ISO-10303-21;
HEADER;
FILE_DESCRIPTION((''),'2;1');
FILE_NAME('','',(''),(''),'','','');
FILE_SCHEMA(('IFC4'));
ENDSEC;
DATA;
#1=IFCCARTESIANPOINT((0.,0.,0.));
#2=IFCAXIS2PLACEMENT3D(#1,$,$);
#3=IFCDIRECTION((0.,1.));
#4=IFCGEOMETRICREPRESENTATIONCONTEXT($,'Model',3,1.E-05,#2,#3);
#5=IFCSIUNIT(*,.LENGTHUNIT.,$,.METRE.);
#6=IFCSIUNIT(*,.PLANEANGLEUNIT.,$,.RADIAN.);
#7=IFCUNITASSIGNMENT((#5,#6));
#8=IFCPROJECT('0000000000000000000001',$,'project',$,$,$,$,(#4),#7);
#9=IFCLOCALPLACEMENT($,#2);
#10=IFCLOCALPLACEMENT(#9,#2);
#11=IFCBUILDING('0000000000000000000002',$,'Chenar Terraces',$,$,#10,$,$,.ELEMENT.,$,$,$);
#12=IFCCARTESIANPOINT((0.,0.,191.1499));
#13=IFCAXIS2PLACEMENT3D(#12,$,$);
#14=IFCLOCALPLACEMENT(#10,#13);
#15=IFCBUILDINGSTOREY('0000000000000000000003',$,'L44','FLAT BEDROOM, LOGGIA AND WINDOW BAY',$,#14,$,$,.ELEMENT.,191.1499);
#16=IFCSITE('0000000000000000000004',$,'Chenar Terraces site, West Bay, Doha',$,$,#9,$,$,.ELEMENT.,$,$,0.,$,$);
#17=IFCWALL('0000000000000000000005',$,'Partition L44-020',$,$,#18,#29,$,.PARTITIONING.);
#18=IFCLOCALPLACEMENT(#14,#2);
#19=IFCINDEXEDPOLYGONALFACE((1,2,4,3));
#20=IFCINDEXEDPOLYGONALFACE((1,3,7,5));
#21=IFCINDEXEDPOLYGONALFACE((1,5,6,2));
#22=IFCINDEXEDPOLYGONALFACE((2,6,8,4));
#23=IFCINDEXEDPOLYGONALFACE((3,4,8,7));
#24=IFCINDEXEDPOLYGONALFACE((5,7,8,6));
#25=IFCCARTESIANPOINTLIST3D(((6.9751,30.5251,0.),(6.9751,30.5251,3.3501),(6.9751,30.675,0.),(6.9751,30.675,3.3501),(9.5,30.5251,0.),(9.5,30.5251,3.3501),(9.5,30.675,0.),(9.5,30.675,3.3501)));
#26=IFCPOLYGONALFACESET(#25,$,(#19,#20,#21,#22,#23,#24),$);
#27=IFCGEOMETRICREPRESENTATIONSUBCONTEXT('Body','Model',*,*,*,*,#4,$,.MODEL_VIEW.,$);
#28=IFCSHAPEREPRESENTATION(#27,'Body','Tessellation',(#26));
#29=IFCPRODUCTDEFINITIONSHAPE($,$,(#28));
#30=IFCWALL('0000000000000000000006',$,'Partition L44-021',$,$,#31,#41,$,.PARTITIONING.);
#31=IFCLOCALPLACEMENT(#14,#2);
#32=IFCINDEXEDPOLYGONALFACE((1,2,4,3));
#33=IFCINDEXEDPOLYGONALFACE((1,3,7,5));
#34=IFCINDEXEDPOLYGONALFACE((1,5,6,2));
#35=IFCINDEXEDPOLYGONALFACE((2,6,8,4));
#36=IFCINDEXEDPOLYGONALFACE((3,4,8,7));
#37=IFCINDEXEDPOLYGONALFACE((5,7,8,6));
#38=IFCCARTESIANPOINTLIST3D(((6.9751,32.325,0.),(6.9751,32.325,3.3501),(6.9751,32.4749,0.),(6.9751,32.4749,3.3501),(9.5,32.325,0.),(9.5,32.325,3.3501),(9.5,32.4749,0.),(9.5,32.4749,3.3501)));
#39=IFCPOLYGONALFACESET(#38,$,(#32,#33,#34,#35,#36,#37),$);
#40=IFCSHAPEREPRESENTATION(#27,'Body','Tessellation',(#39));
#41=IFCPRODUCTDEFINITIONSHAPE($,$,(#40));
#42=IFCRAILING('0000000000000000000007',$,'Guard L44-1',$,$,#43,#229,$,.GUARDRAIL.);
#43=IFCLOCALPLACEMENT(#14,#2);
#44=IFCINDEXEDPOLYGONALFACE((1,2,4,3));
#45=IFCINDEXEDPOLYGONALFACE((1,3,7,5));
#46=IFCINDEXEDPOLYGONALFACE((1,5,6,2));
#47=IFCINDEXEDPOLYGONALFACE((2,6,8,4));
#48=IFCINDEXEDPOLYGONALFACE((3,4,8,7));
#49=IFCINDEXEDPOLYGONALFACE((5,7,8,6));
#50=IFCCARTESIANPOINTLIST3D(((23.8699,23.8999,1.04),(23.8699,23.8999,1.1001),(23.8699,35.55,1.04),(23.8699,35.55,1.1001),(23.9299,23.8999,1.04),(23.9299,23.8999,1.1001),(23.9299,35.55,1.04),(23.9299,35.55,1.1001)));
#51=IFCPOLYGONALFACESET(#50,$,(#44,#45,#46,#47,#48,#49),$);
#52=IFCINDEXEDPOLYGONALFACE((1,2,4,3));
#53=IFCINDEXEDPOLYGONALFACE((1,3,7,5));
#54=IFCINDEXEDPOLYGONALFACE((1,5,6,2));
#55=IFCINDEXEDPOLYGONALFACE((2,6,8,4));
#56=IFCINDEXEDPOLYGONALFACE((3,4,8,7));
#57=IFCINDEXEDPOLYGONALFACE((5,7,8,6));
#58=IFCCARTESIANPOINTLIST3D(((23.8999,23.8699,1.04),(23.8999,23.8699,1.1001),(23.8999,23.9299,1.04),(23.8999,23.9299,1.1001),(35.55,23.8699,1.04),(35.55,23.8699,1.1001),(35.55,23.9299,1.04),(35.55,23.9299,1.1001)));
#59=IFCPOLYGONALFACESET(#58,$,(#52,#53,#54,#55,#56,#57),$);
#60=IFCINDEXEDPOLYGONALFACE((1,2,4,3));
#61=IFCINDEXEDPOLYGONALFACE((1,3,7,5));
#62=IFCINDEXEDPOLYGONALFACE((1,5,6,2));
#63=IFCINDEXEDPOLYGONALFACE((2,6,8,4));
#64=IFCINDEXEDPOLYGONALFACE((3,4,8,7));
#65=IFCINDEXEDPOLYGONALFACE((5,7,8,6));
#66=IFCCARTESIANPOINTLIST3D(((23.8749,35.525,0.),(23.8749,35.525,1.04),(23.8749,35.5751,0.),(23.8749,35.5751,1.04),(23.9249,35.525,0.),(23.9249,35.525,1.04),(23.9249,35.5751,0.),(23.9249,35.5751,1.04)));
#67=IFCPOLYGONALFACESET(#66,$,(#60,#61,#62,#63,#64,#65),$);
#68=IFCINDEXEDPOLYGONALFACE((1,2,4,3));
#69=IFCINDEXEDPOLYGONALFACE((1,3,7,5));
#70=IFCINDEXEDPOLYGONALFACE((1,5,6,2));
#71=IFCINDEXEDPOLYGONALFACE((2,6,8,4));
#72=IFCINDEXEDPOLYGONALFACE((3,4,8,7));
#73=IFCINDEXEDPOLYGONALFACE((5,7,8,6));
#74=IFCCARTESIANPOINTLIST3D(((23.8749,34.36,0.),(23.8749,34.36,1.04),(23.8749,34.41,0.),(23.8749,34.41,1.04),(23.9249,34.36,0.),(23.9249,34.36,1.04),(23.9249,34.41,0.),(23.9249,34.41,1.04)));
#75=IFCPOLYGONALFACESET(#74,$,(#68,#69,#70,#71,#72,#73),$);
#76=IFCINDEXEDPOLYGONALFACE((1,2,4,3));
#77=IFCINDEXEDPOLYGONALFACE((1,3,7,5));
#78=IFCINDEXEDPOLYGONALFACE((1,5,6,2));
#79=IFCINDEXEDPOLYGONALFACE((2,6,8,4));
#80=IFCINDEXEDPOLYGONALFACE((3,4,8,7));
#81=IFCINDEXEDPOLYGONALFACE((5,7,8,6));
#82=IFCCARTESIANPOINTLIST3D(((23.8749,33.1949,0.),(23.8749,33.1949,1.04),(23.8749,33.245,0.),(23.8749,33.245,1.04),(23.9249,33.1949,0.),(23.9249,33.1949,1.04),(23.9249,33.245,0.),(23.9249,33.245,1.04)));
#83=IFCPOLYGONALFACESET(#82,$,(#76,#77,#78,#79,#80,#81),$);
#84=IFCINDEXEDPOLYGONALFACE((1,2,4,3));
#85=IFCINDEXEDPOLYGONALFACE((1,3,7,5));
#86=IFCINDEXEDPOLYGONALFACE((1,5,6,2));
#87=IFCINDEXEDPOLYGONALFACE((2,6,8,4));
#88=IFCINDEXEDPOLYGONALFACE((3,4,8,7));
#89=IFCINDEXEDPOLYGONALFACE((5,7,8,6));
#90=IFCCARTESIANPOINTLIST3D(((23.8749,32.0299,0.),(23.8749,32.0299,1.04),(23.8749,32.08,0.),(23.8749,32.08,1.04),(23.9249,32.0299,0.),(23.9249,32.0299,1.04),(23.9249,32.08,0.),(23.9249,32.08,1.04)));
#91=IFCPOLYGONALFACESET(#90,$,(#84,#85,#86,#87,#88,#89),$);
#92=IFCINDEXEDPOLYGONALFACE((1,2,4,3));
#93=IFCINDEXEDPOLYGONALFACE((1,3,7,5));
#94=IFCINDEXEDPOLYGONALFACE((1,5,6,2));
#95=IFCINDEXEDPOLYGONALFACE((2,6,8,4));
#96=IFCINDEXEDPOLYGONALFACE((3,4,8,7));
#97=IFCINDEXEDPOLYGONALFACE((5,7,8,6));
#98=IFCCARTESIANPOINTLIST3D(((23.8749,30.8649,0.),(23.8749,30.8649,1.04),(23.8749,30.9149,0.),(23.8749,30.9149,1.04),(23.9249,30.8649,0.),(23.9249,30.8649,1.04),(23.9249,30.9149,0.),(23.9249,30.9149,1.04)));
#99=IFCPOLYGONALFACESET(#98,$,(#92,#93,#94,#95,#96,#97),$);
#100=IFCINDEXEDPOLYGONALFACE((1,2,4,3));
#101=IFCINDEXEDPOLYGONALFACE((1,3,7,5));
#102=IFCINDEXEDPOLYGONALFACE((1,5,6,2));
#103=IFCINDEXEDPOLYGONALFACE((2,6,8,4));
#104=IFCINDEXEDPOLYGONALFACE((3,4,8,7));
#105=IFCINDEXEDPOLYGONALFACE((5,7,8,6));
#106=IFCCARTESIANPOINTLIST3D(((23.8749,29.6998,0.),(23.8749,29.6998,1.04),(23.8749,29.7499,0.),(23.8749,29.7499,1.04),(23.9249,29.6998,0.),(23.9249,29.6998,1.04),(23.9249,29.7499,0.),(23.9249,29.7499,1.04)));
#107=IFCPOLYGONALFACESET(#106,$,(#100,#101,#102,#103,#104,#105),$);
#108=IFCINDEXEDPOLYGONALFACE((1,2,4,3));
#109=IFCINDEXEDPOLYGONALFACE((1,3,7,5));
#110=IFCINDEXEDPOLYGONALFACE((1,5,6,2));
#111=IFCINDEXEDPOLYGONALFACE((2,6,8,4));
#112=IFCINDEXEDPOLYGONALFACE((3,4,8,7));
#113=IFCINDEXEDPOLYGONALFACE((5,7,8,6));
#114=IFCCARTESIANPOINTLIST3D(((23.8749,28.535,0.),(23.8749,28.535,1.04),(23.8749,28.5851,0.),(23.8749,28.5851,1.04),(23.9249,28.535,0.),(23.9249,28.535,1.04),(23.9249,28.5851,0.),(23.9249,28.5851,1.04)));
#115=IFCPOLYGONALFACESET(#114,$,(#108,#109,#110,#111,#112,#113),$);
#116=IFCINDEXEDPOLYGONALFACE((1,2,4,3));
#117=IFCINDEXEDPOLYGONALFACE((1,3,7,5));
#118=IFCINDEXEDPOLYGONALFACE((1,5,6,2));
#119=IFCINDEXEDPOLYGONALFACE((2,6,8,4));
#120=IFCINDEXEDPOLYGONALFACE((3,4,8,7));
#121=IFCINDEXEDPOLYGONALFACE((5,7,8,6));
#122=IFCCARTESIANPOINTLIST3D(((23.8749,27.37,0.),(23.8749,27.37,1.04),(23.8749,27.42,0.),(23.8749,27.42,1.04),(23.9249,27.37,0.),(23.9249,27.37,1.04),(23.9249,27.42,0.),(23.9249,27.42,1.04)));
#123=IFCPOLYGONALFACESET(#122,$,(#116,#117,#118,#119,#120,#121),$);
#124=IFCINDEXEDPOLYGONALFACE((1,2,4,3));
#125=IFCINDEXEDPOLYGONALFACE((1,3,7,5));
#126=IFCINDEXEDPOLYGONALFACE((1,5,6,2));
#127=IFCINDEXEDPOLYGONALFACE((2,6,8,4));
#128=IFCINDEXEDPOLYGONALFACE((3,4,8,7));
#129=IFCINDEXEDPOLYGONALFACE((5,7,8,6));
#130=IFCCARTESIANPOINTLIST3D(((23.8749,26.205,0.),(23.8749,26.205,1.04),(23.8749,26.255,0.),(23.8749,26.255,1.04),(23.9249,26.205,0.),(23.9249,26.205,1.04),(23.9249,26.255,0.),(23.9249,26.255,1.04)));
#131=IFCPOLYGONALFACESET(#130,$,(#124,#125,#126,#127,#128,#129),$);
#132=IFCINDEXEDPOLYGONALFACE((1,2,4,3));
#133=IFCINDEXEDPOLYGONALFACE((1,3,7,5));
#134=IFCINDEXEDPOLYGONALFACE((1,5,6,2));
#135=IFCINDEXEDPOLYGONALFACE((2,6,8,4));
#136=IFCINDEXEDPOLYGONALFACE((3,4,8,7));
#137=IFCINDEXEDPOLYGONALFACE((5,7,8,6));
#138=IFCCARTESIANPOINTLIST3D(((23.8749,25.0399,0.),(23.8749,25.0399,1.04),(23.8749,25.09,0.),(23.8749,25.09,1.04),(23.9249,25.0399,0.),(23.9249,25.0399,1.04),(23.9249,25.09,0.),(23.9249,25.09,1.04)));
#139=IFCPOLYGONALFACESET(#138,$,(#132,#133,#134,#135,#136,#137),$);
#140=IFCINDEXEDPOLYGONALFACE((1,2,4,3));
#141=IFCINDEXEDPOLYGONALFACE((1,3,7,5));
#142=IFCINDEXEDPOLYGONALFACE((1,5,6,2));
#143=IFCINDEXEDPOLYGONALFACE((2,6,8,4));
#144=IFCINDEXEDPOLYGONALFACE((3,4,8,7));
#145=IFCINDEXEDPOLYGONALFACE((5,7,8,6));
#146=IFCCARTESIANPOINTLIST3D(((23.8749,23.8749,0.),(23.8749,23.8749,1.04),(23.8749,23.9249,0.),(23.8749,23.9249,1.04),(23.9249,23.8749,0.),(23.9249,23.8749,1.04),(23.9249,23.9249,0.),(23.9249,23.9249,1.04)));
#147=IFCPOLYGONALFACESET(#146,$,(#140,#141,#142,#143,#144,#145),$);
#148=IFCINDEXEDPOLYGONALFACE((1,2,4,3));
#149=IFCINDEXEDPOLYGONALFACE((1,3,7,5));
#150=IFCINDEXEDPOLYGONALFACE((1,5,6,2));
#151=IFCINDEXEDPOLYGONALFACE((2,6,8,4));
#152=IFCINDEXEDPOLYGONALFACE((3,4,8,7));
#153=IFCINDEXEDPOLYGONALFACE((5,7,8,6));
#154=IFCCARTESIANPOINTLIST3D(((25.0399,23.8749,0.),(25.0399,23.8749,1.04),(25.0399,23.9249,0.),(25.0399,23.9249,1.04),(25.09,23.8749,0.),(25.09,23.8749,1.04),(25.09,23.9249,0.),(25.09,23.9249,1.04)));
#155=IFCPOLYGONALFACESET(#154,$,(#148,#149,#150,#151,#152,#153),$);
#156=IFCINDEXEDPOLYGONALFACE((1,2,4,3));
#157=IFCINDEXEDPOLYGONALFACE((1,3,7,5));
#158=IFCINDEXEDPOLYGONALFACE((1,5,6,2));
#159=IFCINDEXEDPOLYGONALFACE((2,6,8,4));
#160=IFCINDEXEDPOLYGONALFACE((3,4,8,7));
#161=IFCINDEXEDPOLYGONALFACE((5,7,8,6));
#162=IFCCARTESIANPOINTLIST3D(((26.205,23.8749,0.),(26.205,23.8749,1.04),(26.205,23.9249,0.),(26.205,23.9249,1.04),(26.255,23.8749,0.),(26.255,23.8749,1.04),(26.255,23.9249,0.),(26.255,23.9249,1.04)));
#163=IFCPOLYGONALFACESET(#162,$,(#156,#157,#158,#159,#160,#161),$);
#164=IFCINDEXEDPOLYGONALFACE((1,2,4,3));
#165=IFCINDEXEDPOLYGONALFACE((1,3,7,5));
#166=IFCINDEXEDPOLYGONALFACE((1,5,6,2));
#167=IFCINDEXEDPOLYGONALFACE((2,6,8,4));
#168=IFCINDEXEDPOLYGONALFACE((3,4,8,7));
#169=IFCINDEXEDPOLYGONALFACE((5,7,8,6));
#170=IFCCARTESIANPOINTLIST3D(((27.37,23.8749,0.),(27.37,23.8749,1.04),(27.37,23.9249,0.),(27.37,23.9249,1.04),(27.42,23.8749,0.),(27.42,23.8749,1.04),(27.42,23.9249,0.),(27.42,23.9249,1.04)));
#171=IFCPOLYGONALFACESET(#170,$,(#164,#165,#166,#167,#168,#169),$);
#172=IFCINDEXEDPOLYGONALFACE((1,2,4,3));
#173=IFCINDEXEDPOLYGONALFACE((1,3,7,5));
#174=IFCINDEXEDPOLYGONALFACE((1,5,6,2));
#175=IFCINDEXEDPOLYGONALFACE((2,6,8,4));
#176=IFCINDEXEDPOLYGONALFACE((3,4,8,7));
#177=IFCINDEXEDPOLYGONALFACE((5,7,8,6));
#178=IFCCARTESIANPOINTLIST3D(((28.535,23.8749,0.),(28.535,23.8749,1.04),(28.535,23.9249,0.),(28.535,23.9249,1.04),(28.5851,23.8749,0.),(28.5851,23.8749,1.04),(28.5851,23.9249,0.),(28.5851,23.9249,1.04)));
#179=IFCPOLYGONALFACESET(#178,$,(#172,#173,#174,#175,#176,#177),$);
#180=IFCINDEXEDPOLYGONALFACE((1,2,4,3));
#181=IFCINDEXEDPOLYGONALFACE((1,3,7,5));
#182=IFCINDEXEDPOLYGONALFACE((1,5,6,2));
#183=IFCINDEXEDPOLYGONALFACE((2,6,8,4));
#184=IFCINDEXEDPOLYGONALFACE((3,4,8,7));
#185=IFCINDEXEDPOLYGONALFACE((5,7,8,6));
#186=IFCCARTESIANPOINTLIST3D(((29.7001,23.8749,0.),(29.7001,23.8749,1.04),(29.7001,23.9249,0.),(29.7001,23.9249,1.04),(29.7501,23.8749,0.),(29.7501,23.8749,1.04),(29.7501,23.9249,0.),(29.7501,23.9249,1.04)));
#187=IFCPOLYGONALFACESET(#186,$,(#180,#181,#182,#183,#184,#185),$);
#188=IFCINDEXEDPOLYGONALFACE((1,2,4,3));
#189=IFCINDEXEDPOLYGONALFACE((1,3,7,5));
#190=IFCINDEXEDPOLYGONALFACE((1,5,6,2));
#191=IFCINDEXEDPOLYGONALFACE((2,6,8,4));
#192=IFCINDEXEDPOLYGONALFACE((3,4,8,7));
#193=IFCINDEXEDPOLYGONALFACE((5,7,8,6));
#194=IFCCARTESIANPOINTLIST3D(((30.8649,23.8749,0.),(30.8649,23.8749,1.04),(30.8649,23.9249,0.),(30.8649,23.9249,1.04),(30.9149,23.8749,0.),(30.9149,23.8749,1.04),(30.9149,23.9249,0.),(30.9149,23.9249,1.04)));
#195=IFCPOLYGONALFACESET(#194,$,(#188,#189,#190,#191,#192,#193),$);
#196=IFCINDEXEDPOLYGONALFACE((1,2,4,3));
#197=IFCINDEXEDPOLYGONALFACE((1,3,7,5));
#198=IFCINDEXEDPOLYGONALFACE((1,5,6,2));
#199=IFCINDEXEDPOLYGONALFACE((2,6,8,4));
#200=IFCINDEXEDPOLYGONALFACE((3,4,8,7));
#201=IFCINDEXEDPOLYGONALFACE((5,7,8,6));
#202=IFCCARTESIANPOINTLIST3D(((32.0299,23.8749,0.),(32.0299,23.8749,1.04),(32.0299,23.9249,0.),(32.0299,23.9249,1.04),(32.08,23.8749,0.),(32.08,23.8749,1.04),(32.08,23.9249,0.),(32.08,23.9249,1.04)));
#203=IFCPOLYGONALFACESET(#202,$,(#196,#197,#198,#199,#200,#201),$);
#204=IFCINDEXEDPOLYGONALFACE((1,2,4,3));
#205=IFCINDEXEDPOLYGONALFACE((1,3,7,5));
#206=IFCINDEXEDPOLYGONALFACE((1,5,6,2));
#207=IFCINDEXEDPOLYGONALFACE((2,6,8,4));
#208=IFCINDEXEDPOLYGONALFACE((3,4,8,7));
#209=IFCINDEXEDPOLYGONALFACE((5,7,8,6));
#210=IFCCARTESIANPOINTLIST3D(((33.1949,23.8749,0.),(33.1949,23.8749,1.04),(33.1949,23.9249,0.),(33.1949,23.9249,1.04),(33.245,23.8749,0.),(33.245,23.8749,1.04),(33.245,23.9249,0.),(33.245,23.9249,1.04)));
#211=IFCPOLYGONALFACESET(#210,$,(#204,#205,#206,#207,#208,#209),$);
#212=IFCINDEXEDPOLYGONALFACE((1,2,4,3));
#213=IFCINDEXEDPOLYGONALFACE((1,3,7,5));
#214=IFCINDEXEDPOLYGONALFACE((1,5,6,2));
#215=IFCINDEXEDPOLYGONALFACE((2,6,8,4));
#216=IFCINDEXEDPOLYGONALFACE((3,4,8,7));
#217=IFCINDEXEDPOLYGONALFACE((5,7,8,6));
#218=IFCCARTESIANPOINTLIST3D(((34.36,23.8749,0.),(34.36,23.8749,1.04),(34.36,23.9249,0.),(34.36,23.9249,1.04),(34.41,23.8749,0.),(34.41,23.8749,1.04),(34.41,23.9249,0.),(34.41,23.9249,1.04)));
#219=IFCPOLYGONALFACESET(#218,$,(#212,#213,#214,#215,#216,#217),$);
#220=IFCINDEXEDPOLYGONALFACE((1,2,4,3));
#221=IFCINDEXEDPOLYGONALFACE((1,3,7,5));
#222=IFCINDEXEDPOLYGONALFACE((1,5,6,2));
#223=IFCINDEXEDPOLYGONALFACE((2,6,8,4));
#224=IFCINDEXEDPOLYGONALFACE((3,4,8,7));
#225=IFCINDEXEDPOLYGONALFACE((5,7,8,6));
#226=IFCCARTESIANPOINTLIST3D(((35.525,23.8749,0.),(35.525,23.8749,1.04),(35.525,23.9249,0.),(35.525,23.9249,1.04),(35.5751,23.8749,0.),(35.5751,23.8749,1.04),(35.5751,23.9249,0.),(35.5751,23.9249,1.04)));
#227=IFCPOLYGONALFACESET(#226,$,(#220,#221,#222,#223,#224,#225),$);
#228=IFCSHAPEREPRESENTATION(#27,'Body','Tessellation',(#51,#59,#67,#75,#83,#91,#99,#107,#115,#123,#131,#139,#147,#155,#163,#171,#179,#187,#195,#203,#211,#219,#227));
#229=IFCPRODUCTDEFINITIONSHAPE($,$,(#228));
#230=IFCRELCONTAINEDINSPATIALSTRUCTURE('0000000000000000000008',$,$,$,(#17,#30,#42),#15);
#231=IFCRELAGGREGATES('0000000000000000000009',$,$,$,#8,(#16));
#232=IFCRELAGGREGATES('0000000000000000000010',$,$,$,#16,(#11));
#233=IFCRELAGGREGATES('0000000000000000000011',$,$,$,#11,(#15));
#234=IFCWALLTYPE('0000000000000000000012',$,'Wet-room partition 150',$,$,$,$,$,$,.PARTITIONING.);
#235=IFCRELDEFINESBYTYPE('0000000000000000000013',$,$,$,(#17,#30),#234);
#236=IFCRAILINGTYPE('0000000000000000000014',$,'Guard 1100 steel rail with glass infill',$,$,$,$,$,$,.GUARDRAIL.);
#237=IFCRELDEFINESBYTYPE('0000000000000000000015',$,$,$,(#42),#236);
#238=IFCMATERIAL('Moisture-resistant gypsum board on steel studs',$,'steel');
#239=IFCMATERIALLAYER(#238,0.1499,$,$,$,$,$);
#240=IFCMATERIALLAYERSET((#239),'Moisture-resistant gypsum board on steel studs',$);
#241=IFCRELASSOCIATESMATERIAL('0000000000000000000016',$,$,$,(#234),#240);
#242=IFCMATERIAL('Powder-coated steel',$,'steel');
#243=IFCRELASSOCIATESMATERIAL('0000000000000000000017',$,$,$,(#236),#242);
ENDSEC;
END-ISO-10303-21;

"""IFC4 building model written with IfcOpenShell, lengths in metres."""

from ifc_helpers import new_model, si_unit, direction, frame, frame_2d, origin, origin_2d, place, context, subcontext, project, spatial, rectangle, extrude, material, layer, layer_set, type_object, element, save


model = new_model("IFC4")

# Units and contexts
model_context = context("Model", 3, precision=1e-05, world=origin(), true_north=direction((0.0, 1.0)))
body_context = subcontext(model_context, "Body", "Model", "MODEL_VIEW")
ifc_project = project(units=[si_unit("LENGTHUNIT", "METRE"), si_unit("PLANEANGLEUNIT", "RADIAN")], contexts=[model_context])

# Site, building, storey
site_placement = place(None, origin())
site = spatial("IfcSite", under=ifc_project, at=site_placement, Name="Chenar Terraces site, West Bay, Doha", CompositionType="ELEMENT", RefElevation=0.0)
building_placement = place(site_placement, origin())
building = spatial("IfcBuilding", under=site, at=building_placement, Name="Chenar Terraces", CompositionType="ELEMENT")
storey_placement = place(building_placement, frame((0.0, 0.0, 191.1499)))
storey = spatial("IfcBuildingStorey", under=building, at=storey_placement, Name="L44", Description="FLAT BEDROOM, LOGGIA AND WINDOW BAY", CompositionType="ELEMENT", Elevation=191.1499)

# Walls
ifc_material_1 = material(Name="Moisture-resistant gypsum board on steel studs", Category="steel")
ifc_layer_1 = layer(ifc_material_1, 0.1499)
ifc_layer_set_1 = layer_set([ifc_layer_1], Name="Moisture-resistant gypsum board on steel studs")
wall_type_1 = type_object("IfcWallType", Name="Wet-room partition 150", PredefinedType="PARTITIONING", material=ifc_layer_set_1)
for number, where, z_axis, x_axis, name in (
    (1, (6.9751, 30.6001, 0.0), (0.0, 0.0, 1.0), (1.0, 0.0, 0.0), "Partition L44-020"),
    (2, (6.9751, 32.3999, 0.0), (0.0, 0.0, 1.0), (1.0, 0.0, 0.0), "Partition L44-021"),
):
    element("IfcWall", number, at=place(storey_placement, frame(where, z_axis=z_axis, x_axis=x_axis)), inside=storey, type_object=wall_type_1, Name=name, PredefinedType="PARTITIONING", context=body_context, shape_type="SweptSolid", body=[
        extrude(rectangle(XDim=2.5249, YDim=0.1499, at=frame_2d((1.2625, 0.0))), origin(), (0.0, 0.0, 1.0), 3.3501),
    ])

# Railing
ifc_material_2 = material(Name="Powder-coated steel", Category="steel")
railing_type = type_object("IfcRailingType", Name="Guard 1100 steel rail with glass infill", PredefinedType="GUARDRAIL", material=ifc_material_2)
railing_placement = place(storey_placement, frame((23.8999, 35.55, 0.0)))
element("IfcRailing", 3, at=railing_placement, inside=storey, type_object=railing_type, Name="Guard L44-1", PredefinedType="GUARDRAIL", context=body_context, shape_type="SweptSolid", body=[
    extrude(rectangle(XDim=0.0601, YDim=0.0601, at=origin_2d()), frame((0.0, 0.0, 1.0701), z_axis=(0.0, -1.0, 0.0), x_axis=(1.0, 0.0, 0.0)), (0.0, 0.0, 1.0), 11.6501),
    extrude(rectangle(XDim=0.0601, YDim=0.0601, at=origin_2d()), frame((0.0, -11.6501, 1.0701), z_axis=(1.0, 0.0, 0.0), x_axis=(0.0, 1.0, 0.0)), (0.0, 0.0, 1.0), 11.6501),
    extrude(rectangle(XDim=0.05, YDim=0.05, at=origin_2d()), origin(), (0.0, 0.0, 1.0), 1.04),
    extrude(rectangle(XDim=0.05, YDim=0.05, at=origin_2d()), frame((0.0, -1.165, 0.0)), (0.0, 0.0, 1.0), 1.04),
    extrude(rectangle(XDim=0.05, YDim=0.05, at=origin_2d()), frame((0.0, -2.3301, 0.0)), (0.0, 0.0, 1.0), 1.04),
    extrude(rectangle(XDim=0.05, YDim=0.05, at=origin_2d()), frame((0.0, -3.4951, 0.0)), (0.0, 0.0, 1.0), 1.04),
    extrude(rectangle(XDim=0.05, YDim=0.05, at=origin_2d()), frame((0.0, -4.6602, 0.0)), (0.0, 0.0, 1.0), 1.04),
    extrude(rectangle(XDim=0.05, YDim=0.05, at=origin_2d()), frame((0.0, -5.8252, 0.0)), (0.0, 0.0, 1.0), 1.04),
    extrude(rectangle(XDim=0.05, YDim=0.05, at=origin_2d()), frame((0.0, -6.99, 0.0)), (0.0, 0.0, 1.0), 1.04),
    extrude(rectangle(XDim=0.05, YDim=0.05, at=origin_2d()), frame((0.0, -8.155, 0.0)), (0.0, 0.0, 1.0), 1.04),
    extrude(rectangle(XDim=0.05, YDim=0.05, at=origin_2d()), frame((0.0, -9.3201, 0.0)), (0.0, 0.0, 1.0), 1.04),
    extrude(rectangle(XDim=0.05, YDim=0.05, at=origin_2d()), frame((0.0, -10.4851, 0.0)), (0.0, 0.0, 1.0), 1.04),
    extrude(rectangle(XDim=0.05, YDim=0.05, at=origin_2d()), frame((0.0, -11.6501, 0.0)), (0.0, 0.0, 1.0), 1.04),
    extrude(rectangle(XDim=0.05, YDim=0.05, at=origin_2d()), frame((1.165, -11.6501, 0.0)), (0.0, 0.0, 1.0), 1.04),
    extrude(rectangle(XDim=0.05, YDim=0.05, at=origin_2d()), frame((2.3301, -11.6501, 0.0)), (0.0, 0.0, 1.0), 1.04),
    extrude(rectangle(XDim=0.05, YDim=0.05, at=origin_2d()), frame((3.4951, -11.6501, 0.0)), (0.0, 0.0, 1.0), 1.04),
    extrude(rectangle(XDim=0.05, YDim=0.05, at=origin_2d()), frame((4.6602, -11.6501, 0.0)), (0.0, 0.0, 1.0), 1.04),
    extrude(rectangle(XDim=0.05, YDim=0.05, at=origin_2d()), frame((5.8252, -11.6501, 0.0)), (0.0, 0.0, 1.0), 1.04),
    extrude(rectangle(XDim=0.05, YDim=0.05, at=origin_2d()), frame((6.99, -11.6501, 0.0)), (0.0, 0.0, 1.0), 1.04),
    extrude(rectangle(XDim=0.05, YDim=0.05, at=origin_2d()), frame((8.155, -11.6501, 0.0)), (0.0, 0.0, 1.0), 1.04),
    extrude(rectangle(XDim=0.05, YDim=0.05, at=origin_2d()), frame((9.3201, -11.6501, 0.0)), (0.0, 0.0, 1.0), 1.04),
    extrude(rectangle(XDim=0.05, YDim=0.05, at=origin_2d()), frame((10.4851, -11.6501, 0.0)), (0.0, 0.0, 1.0), 1.04),
    extrude(rectangle(XDim=0.05, YDim=0.05, at=origin_2d()), frame((11.6501, -11.6501, 0.0)), (0.0, 0.0, 1.0), 1.04),
])

save(model, "model.ifc")
